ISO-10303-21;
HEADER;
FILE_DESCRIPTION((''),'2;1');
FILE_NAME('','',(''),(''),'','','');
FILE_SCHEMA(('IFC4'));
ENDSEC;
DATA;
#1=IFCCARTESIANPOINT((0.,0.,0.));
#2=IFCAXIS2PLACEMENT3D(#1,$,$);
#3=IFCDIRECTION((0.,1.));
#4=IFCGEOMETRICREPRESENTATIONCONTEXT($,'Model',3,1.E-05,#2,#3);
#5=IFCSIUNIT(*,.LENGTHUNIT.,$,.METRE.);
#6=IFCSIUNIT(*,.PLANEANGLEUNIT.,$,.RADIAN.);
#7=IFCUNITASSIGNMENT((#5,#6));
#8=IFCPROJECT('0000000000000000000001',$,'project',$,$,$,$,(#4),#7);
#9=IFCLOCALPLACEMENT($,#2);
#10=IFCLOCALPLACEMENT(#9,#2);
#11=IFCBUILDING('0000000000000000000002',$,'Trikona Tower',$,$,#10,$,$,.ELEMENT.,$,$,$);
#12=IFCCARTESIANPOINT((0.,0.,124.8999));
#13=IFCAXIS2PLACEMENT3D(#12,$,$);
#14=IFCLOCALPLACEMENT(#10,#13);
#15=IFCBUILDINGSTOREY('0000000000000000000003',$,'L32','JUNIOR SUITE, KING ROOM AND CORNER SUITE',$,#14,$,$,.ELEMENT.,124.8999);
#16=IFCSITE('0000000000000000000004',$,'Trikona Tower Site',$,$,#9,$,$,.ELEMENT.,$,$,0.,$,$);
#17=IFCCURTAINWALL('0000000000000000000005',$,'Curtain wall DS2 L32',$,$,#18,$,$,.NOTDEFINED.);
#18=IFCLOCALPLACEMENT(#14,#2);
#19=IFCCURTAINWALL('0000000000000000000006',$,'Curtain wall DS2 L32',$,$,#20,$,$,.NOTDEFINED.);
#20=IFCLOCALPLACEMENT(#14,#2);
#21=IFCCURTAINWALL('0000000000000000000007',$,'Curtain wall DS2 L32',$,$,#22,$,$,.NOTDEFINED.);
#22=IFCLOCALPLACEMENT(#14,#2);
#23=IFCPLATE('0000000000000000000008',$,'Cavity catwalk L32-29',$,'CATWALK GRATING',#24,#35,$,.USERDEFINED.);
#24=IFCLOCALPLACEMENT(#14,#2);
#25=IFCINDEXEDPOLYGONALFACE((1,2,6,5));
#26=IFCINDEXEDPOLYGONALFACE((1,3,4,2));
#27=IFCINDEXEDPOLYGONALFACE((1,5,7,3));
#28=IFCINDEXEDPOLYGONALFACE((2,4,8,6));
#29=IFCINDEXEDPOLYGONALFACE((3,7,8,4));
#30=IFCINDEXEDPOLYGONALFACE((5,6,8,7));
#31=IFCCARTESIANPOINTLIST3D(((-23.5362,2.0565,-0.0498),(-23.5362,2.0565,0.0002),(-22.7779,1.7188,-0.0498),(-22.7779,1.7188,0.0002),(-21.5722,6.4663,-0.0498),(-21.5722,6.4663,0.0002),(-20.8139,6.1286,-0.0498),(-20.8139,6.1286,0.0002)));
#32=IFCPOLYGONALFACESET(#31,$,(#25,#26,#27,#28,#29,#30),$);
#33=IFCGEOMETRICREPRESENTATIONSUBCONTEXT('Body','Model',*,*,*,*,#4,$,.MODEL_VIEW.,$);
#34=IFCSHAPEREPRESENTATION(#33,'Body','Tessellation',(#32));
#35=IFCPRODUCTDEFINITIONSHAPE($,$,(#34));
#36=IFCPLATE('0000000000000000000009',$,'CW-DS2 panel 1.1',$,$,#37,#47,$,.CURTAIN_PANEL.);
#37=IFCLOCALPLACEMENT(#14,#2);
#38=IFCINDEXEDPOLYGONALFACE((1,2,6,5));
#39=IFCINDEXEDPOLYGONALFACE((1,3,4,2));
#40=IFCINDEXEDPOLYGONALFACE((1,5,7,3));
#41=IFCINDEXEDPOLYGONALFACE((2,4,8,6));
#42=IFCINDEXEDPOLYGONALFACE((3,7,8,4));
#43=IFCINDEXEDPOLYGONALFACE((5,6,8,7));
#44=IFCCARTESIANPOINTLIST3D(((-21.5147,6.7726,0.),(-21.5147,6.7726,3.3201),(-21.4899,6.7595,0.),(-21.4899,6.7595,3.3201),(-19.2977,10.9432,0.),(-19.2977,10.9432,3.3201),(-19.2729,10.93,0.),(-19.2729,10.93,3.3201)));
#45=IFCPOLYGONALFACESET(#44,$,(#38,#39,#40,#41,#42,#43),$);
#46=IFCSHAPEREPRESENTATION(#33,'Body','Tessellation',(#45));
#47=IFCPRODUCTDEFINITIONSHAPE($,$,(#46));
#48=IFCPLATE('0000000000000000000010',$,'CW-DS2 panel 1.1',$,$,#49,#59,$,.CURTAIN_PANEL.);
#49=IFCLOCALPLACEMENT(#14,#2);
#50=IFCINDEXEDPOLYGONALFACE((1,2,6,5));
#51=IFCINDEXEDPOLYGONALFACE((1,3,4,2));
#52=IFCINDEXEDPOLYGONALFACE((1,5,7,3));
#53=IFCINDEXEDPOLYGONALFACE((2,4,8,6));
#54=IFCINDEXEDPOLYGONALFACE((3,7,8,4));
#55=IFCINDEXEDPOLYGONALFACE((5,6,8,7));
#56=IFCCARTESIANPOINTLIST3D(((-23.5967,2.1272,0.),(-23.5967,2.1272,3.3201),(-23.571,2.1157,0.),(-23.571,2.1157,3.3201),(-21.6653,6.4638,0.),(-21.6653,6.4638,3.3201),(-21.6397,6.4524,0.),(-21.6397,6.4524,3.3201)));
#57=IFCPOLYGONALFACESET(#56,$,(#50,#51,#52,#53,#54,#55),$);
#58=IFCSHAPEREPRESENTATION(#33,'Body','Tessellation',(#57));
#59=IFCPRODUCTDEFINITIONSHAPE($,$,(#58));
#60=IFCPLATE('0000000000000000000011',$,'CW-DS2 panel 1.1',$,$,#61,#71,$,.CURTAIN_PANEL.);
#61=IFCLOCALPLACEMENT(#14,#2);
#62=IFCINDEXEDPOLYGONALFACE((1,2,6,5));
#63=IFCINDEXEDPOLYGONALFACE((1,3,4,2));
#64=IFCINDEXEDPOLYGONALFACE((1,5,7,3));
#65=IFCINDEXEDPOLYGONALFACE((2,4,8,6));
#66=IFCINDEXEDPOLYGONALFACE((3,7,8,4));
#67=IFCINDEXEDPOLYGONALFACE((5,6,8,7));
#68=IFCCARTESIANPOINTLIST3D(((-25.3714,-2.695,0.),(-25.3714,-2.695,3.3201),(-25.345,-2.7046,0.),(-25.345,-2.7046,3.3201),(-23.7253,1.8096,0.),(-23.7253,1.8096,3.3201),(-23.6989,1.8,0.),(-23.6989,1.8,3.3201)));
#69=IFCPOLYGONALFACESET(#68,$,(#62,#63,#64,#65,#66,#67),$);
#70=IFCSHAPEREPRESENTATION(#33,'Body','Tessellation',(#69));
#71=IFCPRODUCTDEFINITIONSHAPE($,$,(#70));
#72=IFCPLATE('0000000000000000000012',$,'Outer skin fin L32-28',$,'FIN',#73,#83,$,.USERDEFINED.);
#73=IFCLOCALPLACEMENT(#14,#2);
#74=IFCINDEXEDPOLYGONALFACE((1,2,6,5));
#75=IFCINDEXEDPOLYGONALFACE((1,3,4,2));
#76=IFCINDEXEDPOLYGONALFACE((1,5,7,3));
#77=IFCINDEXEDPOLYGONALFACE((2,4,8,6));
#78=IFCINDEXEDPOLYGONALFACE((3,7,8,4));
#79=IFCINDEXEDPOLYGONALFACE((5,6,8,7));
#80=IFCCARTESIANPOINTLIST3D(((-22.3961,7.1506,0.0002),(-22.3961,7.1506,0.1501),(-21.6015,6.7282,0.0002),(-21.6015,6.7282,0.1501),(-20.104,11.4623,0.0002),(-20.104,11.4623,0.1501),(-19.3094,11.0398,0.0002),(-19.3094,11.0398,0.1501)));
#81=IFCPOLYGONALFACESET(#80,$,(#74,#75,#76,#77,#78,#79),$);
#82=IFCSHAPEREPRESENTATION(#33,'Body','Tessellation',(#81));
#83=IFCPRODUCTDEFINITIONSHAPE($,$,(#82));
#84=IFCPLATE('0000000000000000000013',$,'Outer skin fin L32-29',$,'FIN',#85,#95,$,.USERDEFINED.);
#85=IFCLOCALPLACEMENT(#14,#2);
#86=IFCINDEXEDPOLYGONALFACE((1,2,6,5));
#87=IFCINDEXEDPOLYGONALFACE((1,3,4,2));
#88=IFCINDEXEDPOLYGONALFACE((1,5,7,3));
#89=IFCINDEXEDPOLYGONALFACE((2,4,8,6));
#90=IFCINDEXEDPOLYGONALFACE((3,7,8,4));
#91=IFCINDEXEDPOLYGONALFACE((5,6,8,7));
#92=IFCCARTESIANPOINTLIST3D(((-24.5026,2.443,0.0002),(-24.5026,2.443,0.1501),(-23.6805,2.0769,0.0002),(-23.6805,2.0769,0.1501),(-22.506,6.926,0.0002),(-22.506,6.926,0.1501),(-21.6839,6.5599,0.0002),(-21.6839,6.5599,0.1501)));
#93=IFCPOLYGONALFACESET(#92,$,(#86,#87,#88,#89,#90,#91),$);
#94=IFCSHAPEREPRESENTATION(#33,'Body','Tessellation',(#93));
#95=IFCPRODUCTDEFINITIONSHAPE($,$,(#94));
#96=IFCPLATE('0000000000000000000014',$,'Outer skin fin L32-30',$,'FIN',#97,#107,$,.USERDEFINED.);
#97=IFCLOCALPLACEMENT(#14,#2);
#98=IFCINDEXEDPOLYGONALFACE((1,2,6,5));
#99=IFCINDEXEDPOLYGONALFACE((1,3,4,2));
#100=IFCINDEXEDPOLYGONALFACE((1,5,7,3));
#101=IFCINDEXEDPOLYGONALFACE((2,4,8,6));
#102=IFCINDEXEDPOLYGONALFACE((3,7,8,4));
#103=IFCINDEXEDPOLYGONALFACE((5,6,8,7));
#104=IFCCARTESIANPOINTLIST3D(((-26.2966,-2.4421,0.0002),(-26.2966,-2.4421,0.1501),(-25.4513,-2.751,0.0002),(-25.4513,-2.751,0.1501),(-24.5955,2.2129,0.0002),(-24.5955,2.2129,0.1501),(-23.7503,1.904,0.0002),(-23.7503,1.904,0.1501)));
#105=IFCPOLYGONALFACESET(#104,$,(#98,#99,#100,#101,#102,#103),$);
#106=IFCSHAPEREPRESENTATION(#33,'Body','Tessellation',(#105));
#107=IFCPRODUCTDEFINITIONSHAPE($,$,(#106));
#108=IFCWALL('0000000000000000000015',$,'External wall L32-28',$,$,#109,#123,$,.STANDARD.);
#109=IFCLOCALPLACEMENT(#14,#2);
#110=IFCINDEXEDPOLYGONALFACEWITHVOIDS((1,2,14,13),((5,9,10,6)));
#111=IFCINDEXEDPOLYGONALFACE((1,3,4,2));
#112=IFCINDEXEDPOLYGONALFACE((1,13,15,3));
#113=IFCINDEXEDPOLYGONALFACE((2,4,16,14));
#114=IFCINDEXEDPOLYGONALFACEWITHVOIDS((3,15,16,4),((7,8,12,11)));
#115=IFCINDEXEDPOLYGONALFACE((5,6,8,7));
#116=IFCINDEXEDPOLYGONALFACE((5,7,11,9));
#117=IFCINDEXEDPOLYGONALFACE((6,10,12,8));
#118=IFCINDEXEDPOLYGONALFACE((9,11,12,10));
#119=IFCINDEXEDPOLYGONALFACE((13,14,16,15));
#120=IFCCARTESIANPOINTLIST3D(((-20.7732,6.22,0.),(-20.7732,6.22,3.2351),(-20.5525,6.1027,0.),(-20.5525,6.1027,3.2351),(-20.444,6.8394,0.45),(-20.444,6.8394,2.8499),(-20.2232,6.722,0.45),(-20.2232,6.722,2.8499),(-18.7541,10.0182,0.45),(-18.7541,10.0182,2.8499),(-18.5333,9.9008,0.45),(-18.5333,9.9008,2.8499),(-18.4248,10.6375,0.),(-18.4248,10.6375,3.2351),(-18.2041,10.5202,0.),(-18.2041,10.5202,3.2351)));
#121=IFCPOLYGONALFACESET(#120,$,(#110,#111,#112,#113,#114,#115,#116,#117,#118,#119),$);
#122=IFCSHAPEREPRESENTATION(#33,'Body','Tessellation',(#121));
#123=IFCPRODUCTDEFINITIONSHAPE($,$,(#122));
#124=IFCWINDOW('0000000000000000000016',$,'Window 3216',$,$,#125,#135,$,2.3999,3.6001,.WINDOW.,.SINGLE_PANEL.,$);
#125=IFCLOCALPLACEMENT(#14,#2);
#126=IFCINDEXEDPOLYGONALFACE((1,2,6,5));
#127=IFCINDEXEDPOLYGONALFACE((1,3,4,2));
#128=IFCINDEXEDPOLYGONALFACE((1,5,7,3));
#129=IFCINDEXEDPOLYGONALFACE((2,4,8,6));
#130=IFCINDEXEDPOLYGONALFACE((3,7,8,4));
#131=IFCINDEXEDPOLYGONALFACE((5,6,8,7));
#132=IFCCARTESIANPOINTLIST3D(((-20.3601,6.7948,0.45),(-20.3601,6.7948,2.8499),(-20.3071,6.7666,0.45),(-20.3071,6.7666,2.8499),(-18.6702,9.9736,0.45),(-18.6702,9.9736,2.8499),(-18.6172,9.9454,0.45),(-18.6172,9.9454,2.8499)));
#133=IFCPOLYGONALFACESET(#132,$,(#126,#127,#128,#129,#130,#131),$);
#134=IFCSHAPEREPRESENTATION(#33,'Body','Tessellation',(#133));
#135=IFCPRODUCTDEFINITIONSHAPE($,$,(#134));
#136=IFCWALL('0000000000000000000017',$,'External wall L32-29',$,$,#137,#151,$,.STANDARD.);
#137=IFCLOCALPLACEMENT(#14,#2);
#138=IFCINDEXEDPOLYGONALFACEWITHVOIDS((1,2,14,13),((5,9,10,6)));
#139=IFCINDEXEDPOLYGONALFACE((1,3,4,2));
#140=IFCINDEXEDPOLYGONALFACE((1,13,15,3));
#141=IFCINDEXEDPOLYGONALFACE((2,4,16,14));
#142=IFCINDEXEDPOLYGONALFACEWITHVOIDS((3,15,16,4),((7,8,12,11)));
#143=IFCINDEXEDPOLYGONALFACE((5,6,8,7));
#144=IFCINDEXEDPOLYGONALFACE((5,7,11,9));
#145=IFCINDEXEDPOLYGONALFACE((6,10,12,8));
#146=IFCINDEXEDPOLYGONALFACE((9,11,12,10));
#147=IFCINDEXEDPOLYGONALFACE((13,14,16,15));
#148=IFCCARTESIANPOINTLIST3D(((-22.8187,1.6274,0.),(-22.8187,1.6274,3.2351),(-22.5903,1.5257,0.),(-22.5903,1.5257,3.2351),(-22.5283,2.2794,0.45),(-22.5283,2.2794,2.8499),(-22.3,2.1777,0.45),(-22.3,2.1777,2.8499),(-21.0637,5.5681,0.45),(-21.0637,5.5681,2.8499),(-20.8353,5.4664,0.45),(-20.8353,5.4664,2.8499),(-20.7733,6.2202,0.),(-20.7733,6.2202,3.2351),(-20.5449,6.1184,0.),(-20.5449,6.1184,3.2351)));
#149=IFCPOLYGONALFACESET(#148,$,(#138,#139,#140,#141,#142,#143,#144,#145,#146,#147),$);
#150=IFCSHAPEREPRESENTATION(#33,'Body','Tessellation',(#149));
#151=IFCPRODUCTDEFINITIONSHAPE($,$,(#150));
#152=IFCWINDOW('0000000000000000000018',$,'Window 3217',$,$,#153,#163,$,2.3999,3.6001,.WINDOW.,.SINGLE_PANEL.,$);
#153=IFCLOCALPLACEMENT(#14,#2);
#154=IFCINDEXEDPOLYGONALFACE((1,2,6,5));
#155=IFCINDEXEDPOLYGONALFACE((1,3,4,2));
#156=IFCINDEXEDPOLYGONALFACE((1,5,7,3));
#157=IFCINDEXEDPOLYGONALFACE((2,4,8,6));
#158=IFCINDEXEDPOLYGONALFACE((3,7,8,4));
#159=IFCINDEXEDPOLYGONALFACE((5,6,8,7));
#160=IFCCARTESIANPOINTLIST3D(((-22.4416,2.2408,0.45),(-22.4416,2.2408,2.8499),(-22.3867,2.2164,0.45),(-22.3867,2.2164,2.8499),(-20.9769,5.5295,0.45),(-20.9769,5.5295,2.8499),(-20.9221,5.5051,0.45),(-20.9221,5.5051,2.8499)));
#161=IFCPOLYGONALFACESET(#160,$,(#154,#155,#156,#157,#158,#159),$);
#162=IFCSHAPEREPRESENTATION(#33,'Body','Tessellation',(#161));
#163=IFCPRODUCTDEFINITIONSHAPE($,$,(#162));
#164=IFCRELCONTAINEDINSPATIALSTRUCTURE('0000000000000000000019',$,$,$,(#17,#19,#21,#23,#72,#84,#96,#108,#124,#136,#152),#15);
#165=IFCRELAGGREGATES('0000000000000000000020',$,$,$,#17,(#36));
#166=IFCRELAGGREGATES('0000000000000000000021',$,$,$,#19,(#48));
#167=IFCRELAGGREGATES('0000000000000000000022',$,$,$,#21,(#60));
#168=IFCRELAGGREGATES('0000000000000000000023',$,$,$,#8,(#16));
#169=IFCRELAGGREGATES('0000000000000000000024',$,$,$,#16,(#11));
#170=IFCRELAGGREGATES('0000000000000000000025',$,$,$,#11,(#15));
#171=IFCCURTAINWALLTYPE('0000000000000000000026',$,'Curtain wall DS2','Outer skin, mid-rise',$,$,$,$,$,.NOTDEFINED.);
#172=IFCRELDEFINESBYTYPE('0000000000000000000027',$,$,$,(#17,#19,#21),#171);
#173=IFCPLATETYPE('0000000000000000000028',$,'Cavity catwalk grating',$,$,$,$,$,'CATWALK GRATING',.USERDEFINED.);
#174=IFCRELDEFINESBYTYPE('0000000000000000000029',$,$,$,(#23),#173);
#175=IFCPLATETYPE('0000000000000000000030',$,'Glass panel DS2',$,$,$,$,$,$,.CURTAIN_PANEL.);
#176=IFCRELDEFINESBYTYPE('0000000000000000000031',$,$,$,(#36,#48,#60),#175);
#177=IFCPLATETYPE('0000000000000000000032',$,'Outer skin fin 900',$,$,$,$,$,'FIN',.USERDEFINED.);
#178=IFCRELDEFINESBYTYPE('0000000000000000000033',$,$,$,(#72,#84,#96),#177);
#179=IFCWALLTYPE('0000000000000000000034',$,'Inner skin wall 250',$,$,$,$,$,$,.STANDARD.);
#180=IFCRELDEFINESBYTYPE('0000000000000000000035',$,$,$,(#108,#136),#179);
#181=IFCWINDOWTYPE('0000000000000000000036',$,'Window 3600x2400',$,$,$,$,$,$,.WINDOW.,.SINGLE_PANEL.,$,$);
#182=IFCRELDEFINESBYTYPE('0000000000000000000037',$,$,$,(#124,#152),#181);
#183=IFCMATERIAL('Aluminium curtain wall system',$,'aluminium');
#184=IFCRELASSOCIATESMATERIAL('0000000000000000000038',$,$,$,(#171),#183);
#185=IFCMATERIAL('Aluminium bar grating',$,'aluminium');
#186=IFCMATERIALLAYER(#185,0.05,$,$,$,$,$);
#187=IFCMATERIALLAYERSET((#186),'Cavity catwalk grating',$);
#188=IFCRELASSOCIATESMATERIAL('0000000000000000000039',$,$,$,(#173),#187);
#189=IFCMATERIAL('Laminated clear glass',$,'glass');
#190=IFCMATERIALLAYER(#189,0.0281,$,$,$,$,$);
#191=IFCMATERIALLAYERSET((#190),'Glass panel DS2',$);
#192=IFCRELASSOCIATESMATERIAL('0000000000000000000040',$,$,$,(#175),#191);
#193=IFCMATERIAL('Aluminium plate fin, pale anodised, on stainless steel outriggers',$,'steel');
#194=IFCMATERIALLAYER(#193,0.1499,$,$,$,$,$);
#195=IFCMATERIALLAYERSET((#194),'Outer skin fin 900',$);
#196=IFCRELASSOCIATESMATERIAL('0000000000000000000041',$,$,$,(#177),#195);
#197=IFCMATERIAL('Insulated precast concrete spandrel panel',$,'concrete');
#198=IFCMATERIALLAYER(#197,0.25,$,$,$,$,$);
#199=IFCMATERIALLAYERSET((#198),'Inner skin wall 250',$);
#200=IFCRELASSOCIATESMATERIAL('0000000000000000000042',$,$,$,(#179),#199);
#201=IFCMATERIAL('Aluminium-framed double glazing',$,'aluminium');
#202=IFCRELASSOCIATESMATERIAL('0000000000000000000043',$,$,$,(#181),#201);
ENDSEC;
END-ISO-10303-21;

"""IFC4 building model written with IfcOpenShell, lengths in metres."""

from ifc_helpers import new_model, si_unit, direction, frame, frame_2d, origin, origin_2d, place, context, subcontext, project, spatial, rectangle, extrude, material, layer, layer_set, type_object, element, fill, aggregate, save


model = new_model("IFC4")

# Units and contexts
model_context = context("Model", 3, precision=1e-05, world=origin(), true_north=direction((0.0, 1.0)))
body_context = subcontext(model_context, "Body", "Model", "MODEL_VIEW")
ifc_project = project(units=[si_unit("LENGTHUNIT", "METRE"), si_unit("PLANEANGLEUNIT", "RADIAN")], contexts=[model_context])

# Site, building, storey
site_placement = place(None, origin())
site = spatial("IfcSite", under=ifc_project, at=site_placement, Name="Trikona Tower Site", CompositionType="ELEMENT", RefElevation=0.0)
building_placement = place(site_placement, origin())
building = spatial("IfcBuilding", under=site, at=building_placement, Name="Trikona Tower", CompositionType="ELEMENT")
storey_placement = place(building_placement, frame((0.0, 0.0, 124.8999)))
storey = spatial("IfcBuildingStorey", under=building, at=storey_placement, Name="L32", Description="JUNIOR SUITE, KING ROOM AND CORNER SUITE", CompositionType="ELEMENT", Elevation=124.8999)

# Shared definitions
ifc_material_1 = material(Name="Aluminium curtain wall system", Category="aluminium")
curtain_wall_type = type_object("IfcCurtainWallType", Name="Curtain wall DS2", Description="Outer skin, mid-rise", PredefinedType="NOTDEFINED", material=ifc_material_1)

# Curtain walls
curtain_wall_1_placement = place(storey_placement, origin())
curtain_wall_1 = element("IfcCurtainWall", 1, at=curtain_wall_1_placement, inside=storey, type_object=curtain_wall_type, Name="Curtain wall DS2 L32", PredefinedType="NOTDEFINED")
curtain_wall_2_placement = place(storey_placement, origin())
curtain_wall_2 = element("IfcCurtainWall", 2, at=curtain_wall_2_placement, inside=storey, type_object=curtain_wall_type, Name="Curtain wall DS2 L32", PredefinedType="NOTDEFINED")

# Curtain wall
curtain_wall_3_placement = place(storey_placement, origin())
curtain_wall_3 = element("IfcCurtainWall", 3, at=curtain_wall_3_placement, inside=storey, type_object=curtain_wall_type, Name="Curtain wall DS2 L32", PredefinedType="NOTDEFINED")

# Plate
ifc_material_2 = material(Name="Aluminium bar grating", Category="aluminium")
ifc_layer_1 = layer(ifc_material_2, 0.05)
ifc_layer_set_1 = layer_set([ifc_layer_1], Name="Cavity catwalk grating")
plate_type_1 = type_object("IfcPlateType", Name="Cavity catwalk grating", ElementType="CATWALK GRATING", PredefinedType="USERDEFINED", material=ifc_layer_set_1)
plate_1_placement = place(storey_placement, frame((-22.175, 4.0925, -0.0498), z_axis=(0.0, 0.0, 1.0), x_axis=(-0.406843, -0.913498, 0.0)))
element("IfcPlate", 4, at=plate_1_placement, inside=storey, type_object=plate_type_1, Name="Cavity catwalk L32-29", ObjectType="CATWALK GRATING", PredefinedType="USERDEFINED", context=body_context, shape_type="SweptSolid", body=[
    extrude(rectangle(XDim=4.8274, YDim=0.8301, at=origin_2d()), origin(), (0.0, 0.0, 1.0), 0.05),
])

# Plates
ifc_material_3 = material(Name="Laminated clear glass", Category="glass")
ifc_layer_2 = layer(ifc_material_3, 0.0281)
ifc_layer_set_2 = layer_set([ifc_layer_2], Name="Glass panel DS2")
plate_type_2 = type_object("IfcPlateType", Name="Glass panel DS2", PredefinedType="CURTAIN_PANEL", material=ifc_layer_set_2)
plate_2_placement = place(storey_placement, frame((-20.3938, 8.8513, 0.0), z_axis=(0.0, 0.0, 1.0), x_axis=(-0.46938, -0.882996, 0.0)))
plate_2 = element("IfcPlate", 5, at=plate_2_placement, type_object=plate_type_2, Name="CW-DS2 panel 1.1", PredefinedType="CURTAIN_PANEL", context=body_context, shape_type="SweptSolid", body=[
    extrude(rectangle(XDim=4.7231, YDim=0.0281, at=origin_2d()), origin(), (0.0, 0.0, 1.0), 3.3201),
])
aggregate(curtain_wall_1, [plate_2])
plate_3_placement = place(storey_placement, frame((-22.6182, 4.2898, 0.0), z_axis=(0.0, 0.0, 1.0), x_axis=(-0.406836, -0.913501, 0.0)))
plate_3 = element("IfcPlate", 6, at=plate_3_placement, type_object=plate_type_2, Name="CW-DS2 panel 1.1", PredefinedType="CURTAIN_PANEL", context=body_context, shape_type="SweptSolid", body=[
    extrude(rectangle(XDim=4.7473, YDim=0.0281, at=origin_2d()), origin(), (0.0, 0.0, 1.0), 3.3201),
])
aggregate(curtain_wall_2, [plate_3])
plate_4_placement = place(storey_placement, frame((-24.5352, -0.4475, 0.0), z_axis=(0.0, 0.0, 1.0), x_axis=(-0.343223, -0.939254, 0.0)))
plate_4 = element("IfcPlate", 7, at=plate_4_placement, type_object=plate_type_2, Name="CW-DS2 panel 1.1", PredefinedType="CURTAIN_PANEL", context=body_context, shape_type="SweptSolid", body=[
    extrude(rectangle(XDim=4.7959, YDim=0.0281, at=origin_2d()), origin(), (0.0, 0.0, 1.0), 3.3201),
])
aggregate(curtain_wall_3, [plate_4])

# Plates
ifc_material_4 = material(Name="Aluminium plate fin, pale anodised, on stainless steel outriggers", Category="steel")
ifc_layer_3 = layer(ifc_material_4, 0.1499)
ifc_layer_set_3 = layer_set([ifc_layer_3], Name="Outer skin fin 900")
plate_type_3 = type_object("IfcPlateType", Name="Outer skin fin 900", ElementType="FIN", PredefinedType="USERDEFINED", material=ifc_layer_set_3)
plate_5_placement = place(storey_placement, frame((-20.8528, 9.0952, 0.0002), z_axis=(0.0, 0.0, 1.0), x_axis=(-0.469398, -0.882987, 0.0)))
element("IfcPlate", 8, at=plate_5_placement, inside=storey, type_object=plate_type_3, Name="Outer skin fin L32-28", ObjectType="FIN", PredefinedType="USERDEFINED", context=body_context, shape_type="SweptSolid", body=[
    extrude(rectangle(XDim=4.8831, YDim=0.8999, at=origin_2d()), origin(), (0.0, 0.0, 1.0), 0.1499),
])
plate_6_placement = place(storey_placement, frame((-23.0933, 4.5015, 0.0002), z_axis=(0.0, 0.0, 1.0), x_axis=(-0.406843, -0.913498, 0.0)))
element("IfcPlate", 9, at=plate_6_placement, inside=storey, type_object=plate_type_3, Name="Outer skin fin L32-29", ObjectType="FIN", PredefinedType="USERDEFINED", context=body_context, shape_type="SweptSolid", body=[
    extrude(rectangle(XDim=4.9075, YDim=0.8999, at=origin_2d()), origin(), (0.0, 0.0, 1.0), 0.1499),
])
plate_7_placement = place(storey_placement, frame((-25.0234, -0.269, 0.0002), z_axis=(0.0, 0.0, 1.0), x_axis=(-0.34322, -0.939255, 0.0)))
element("IfcPlate", 10, at=plate_7_placement, inside=storey, type_object=plate_type_3, Name="Outer skin fin L32-30", ObjectType="FIN", PredefinedType="USERDEFINED", context=body_context, shape_type="SweptSolid", body=[
    extrude(rectangle(XDim=4.9561, YDim=0.8999, at=origin_2d()), origin(), (0.0, 0.0, 1.0), 0.1499),
])

# Walls, openings, windows
ifc_material_5 = material(Name="Insulated precast concrete spandrel panel", Category="concrete")
ifc_layer_4 = layer(ifc_material_5, 0.25)
ifc_layer_set_4 = layer_set([ifc_layer_4], Name="Inner skin wall 250")
wall_type = type_object("IfcWallType", Name="Inner skin wall 250", PredefinedType="STANDARD", material=ifc_layer_set_4)
wall_1_placement = place(storey_placement, frame((-18.3145, 10.5789, 0.0), z_axis=(0.0, 0.0, 1.0), x_axis=(-0.469405, -0.882983, 0.0)))
wall_1 = element("IfcWall", 11, at=wall_1_placement, inside=storey, type_object=wall_type, Name="External wall L32-28", PredefinedType="STANDARD", context=body_context, shape_type="SweptSolid", body=[
    extrude(rectangle(XDim=5.0029, YDim=0.25, at=frame_2d((2.5015, 0.0))), origin(), (0.0, 0.0, 1.0), 3.2351),
])
opening_1_placement = place(wall_1_placement, frame((0.7014, 0.0, 0.45)))
opening_1 = element("IfcOpeningElement", 12, at=opening_1_placement, cuts=wall_1, PredefinedType="OPENING", context=body_context, shape_type="SweptSolid", body=[
    extrude(rectangle(XDim=3.6001, YDim=2.3999, at=frame_2d((1.8, 1.2))), frame((0.0, 0.135, 0.0), z_axis=(0.0, -1.0, 0.0), x_axis=(1.0, 0.0, 0.0)), (0.0, 0.0, 1.0), 0.27),
])
ifc_material_6 = material(Name="Aluminium-framed double glazing", Category="aluminium")
window_type = type_object("IfcWindowType", Name="Window 3600x2400", PartitioningType="SINGLE_PANEL", PredefinedType="WINDOW", material=ifc_material_6)
window_1_placement = place(opening_1_placement, origin())
window_1 = element("IfcWindow", 13, at=window_1_placement, inside=storey, type_object=window_type, Name="Window 3216", OverallHeight=2.3999, OverallWidth=3.6001, PartitioningType="SINGLE_PANEL", PredefinedType="WINDOW", context=body_context, shape_type="SweptSolid", body=[
    extrude(rectangle(XDim=3.6001, YDim=2.3999, at=frame_2d((1.8, 1.2))), frame((0.0, 0.03, 0.0), z_axis=(0.0, -1.0, 0.0), x_axis=(1.0, 0.0, 0.0)), (0.0, 0.0, 1.0), 0.0601),
])
fill(opening_1, window_1)
wall_2_placement = place(storey_placement, frame((-20.6592, 6.1692, 0.0), z_axis=(0.0, 0.0, 1.0), x_axis=(-0.406832, -0.913503, 0.0)))
wall_2 = element("IfcWall", 14, at=wall_2_placement, inside=storey, type_object=wall_type, Name="External wall L32-29", PredefinedType="STANDARD", context=body_context, shape_type="SweptSolid", body=[
    extrude(rectangle(XDim=5.0276, YDim=0.25, at=frame_2d((2.5137, 0.0))), origin(), (0.0, 0.0, 1.0), 3.2351),
])
opening_2_placement = place(wall_2_placement, frame((0.7136, 0.0, 0.45)))
opening_2 = element("IfcOpeningElement", 15, at=opening_2_placement, cuts=wall_2, PredefinedType="OPENING", context=body_context, shape_type="SweptSolid", body=[
    extrude(rectangle(XDim=3.6001, YDim=2.3999, at=frame_2d((1.8, 1.2))), frame((0.0, 0.135, 0.0), z_axis=(0.0, -1.0, 0.0), x_axis=(1.0, 0.0, 0.0)), (0.0, 0.0, 1.0), 0.27),
])
window_2_placement = place(opening_2_placement, origin())
window_2 = element("IfcWindow", 16, at=window_2_placement, inside=storey, type_object=window_type, Name="Window 3217", OverallHeight=2.3999, OverallWidth=3.6001, PartitioningType="SINGLE_PANEL", PredefinedType="WINDOW", context=body_context, shape_type="SweptSolid", body=[
    extrude(rectangle(XDim=3.6001, YDim=2.3999, at=frame_2d((1.8, 1.2))), frame((0.0, 0.03, 0.0), z_axis=(0.0, -1.0, 0.0), x_axis=(1.0, 0.0, 0.0)), (0.0, 0.0, 1.0), 0.0601),
])
fill(opening_2, window_2)

save(model, "model.ifc")
